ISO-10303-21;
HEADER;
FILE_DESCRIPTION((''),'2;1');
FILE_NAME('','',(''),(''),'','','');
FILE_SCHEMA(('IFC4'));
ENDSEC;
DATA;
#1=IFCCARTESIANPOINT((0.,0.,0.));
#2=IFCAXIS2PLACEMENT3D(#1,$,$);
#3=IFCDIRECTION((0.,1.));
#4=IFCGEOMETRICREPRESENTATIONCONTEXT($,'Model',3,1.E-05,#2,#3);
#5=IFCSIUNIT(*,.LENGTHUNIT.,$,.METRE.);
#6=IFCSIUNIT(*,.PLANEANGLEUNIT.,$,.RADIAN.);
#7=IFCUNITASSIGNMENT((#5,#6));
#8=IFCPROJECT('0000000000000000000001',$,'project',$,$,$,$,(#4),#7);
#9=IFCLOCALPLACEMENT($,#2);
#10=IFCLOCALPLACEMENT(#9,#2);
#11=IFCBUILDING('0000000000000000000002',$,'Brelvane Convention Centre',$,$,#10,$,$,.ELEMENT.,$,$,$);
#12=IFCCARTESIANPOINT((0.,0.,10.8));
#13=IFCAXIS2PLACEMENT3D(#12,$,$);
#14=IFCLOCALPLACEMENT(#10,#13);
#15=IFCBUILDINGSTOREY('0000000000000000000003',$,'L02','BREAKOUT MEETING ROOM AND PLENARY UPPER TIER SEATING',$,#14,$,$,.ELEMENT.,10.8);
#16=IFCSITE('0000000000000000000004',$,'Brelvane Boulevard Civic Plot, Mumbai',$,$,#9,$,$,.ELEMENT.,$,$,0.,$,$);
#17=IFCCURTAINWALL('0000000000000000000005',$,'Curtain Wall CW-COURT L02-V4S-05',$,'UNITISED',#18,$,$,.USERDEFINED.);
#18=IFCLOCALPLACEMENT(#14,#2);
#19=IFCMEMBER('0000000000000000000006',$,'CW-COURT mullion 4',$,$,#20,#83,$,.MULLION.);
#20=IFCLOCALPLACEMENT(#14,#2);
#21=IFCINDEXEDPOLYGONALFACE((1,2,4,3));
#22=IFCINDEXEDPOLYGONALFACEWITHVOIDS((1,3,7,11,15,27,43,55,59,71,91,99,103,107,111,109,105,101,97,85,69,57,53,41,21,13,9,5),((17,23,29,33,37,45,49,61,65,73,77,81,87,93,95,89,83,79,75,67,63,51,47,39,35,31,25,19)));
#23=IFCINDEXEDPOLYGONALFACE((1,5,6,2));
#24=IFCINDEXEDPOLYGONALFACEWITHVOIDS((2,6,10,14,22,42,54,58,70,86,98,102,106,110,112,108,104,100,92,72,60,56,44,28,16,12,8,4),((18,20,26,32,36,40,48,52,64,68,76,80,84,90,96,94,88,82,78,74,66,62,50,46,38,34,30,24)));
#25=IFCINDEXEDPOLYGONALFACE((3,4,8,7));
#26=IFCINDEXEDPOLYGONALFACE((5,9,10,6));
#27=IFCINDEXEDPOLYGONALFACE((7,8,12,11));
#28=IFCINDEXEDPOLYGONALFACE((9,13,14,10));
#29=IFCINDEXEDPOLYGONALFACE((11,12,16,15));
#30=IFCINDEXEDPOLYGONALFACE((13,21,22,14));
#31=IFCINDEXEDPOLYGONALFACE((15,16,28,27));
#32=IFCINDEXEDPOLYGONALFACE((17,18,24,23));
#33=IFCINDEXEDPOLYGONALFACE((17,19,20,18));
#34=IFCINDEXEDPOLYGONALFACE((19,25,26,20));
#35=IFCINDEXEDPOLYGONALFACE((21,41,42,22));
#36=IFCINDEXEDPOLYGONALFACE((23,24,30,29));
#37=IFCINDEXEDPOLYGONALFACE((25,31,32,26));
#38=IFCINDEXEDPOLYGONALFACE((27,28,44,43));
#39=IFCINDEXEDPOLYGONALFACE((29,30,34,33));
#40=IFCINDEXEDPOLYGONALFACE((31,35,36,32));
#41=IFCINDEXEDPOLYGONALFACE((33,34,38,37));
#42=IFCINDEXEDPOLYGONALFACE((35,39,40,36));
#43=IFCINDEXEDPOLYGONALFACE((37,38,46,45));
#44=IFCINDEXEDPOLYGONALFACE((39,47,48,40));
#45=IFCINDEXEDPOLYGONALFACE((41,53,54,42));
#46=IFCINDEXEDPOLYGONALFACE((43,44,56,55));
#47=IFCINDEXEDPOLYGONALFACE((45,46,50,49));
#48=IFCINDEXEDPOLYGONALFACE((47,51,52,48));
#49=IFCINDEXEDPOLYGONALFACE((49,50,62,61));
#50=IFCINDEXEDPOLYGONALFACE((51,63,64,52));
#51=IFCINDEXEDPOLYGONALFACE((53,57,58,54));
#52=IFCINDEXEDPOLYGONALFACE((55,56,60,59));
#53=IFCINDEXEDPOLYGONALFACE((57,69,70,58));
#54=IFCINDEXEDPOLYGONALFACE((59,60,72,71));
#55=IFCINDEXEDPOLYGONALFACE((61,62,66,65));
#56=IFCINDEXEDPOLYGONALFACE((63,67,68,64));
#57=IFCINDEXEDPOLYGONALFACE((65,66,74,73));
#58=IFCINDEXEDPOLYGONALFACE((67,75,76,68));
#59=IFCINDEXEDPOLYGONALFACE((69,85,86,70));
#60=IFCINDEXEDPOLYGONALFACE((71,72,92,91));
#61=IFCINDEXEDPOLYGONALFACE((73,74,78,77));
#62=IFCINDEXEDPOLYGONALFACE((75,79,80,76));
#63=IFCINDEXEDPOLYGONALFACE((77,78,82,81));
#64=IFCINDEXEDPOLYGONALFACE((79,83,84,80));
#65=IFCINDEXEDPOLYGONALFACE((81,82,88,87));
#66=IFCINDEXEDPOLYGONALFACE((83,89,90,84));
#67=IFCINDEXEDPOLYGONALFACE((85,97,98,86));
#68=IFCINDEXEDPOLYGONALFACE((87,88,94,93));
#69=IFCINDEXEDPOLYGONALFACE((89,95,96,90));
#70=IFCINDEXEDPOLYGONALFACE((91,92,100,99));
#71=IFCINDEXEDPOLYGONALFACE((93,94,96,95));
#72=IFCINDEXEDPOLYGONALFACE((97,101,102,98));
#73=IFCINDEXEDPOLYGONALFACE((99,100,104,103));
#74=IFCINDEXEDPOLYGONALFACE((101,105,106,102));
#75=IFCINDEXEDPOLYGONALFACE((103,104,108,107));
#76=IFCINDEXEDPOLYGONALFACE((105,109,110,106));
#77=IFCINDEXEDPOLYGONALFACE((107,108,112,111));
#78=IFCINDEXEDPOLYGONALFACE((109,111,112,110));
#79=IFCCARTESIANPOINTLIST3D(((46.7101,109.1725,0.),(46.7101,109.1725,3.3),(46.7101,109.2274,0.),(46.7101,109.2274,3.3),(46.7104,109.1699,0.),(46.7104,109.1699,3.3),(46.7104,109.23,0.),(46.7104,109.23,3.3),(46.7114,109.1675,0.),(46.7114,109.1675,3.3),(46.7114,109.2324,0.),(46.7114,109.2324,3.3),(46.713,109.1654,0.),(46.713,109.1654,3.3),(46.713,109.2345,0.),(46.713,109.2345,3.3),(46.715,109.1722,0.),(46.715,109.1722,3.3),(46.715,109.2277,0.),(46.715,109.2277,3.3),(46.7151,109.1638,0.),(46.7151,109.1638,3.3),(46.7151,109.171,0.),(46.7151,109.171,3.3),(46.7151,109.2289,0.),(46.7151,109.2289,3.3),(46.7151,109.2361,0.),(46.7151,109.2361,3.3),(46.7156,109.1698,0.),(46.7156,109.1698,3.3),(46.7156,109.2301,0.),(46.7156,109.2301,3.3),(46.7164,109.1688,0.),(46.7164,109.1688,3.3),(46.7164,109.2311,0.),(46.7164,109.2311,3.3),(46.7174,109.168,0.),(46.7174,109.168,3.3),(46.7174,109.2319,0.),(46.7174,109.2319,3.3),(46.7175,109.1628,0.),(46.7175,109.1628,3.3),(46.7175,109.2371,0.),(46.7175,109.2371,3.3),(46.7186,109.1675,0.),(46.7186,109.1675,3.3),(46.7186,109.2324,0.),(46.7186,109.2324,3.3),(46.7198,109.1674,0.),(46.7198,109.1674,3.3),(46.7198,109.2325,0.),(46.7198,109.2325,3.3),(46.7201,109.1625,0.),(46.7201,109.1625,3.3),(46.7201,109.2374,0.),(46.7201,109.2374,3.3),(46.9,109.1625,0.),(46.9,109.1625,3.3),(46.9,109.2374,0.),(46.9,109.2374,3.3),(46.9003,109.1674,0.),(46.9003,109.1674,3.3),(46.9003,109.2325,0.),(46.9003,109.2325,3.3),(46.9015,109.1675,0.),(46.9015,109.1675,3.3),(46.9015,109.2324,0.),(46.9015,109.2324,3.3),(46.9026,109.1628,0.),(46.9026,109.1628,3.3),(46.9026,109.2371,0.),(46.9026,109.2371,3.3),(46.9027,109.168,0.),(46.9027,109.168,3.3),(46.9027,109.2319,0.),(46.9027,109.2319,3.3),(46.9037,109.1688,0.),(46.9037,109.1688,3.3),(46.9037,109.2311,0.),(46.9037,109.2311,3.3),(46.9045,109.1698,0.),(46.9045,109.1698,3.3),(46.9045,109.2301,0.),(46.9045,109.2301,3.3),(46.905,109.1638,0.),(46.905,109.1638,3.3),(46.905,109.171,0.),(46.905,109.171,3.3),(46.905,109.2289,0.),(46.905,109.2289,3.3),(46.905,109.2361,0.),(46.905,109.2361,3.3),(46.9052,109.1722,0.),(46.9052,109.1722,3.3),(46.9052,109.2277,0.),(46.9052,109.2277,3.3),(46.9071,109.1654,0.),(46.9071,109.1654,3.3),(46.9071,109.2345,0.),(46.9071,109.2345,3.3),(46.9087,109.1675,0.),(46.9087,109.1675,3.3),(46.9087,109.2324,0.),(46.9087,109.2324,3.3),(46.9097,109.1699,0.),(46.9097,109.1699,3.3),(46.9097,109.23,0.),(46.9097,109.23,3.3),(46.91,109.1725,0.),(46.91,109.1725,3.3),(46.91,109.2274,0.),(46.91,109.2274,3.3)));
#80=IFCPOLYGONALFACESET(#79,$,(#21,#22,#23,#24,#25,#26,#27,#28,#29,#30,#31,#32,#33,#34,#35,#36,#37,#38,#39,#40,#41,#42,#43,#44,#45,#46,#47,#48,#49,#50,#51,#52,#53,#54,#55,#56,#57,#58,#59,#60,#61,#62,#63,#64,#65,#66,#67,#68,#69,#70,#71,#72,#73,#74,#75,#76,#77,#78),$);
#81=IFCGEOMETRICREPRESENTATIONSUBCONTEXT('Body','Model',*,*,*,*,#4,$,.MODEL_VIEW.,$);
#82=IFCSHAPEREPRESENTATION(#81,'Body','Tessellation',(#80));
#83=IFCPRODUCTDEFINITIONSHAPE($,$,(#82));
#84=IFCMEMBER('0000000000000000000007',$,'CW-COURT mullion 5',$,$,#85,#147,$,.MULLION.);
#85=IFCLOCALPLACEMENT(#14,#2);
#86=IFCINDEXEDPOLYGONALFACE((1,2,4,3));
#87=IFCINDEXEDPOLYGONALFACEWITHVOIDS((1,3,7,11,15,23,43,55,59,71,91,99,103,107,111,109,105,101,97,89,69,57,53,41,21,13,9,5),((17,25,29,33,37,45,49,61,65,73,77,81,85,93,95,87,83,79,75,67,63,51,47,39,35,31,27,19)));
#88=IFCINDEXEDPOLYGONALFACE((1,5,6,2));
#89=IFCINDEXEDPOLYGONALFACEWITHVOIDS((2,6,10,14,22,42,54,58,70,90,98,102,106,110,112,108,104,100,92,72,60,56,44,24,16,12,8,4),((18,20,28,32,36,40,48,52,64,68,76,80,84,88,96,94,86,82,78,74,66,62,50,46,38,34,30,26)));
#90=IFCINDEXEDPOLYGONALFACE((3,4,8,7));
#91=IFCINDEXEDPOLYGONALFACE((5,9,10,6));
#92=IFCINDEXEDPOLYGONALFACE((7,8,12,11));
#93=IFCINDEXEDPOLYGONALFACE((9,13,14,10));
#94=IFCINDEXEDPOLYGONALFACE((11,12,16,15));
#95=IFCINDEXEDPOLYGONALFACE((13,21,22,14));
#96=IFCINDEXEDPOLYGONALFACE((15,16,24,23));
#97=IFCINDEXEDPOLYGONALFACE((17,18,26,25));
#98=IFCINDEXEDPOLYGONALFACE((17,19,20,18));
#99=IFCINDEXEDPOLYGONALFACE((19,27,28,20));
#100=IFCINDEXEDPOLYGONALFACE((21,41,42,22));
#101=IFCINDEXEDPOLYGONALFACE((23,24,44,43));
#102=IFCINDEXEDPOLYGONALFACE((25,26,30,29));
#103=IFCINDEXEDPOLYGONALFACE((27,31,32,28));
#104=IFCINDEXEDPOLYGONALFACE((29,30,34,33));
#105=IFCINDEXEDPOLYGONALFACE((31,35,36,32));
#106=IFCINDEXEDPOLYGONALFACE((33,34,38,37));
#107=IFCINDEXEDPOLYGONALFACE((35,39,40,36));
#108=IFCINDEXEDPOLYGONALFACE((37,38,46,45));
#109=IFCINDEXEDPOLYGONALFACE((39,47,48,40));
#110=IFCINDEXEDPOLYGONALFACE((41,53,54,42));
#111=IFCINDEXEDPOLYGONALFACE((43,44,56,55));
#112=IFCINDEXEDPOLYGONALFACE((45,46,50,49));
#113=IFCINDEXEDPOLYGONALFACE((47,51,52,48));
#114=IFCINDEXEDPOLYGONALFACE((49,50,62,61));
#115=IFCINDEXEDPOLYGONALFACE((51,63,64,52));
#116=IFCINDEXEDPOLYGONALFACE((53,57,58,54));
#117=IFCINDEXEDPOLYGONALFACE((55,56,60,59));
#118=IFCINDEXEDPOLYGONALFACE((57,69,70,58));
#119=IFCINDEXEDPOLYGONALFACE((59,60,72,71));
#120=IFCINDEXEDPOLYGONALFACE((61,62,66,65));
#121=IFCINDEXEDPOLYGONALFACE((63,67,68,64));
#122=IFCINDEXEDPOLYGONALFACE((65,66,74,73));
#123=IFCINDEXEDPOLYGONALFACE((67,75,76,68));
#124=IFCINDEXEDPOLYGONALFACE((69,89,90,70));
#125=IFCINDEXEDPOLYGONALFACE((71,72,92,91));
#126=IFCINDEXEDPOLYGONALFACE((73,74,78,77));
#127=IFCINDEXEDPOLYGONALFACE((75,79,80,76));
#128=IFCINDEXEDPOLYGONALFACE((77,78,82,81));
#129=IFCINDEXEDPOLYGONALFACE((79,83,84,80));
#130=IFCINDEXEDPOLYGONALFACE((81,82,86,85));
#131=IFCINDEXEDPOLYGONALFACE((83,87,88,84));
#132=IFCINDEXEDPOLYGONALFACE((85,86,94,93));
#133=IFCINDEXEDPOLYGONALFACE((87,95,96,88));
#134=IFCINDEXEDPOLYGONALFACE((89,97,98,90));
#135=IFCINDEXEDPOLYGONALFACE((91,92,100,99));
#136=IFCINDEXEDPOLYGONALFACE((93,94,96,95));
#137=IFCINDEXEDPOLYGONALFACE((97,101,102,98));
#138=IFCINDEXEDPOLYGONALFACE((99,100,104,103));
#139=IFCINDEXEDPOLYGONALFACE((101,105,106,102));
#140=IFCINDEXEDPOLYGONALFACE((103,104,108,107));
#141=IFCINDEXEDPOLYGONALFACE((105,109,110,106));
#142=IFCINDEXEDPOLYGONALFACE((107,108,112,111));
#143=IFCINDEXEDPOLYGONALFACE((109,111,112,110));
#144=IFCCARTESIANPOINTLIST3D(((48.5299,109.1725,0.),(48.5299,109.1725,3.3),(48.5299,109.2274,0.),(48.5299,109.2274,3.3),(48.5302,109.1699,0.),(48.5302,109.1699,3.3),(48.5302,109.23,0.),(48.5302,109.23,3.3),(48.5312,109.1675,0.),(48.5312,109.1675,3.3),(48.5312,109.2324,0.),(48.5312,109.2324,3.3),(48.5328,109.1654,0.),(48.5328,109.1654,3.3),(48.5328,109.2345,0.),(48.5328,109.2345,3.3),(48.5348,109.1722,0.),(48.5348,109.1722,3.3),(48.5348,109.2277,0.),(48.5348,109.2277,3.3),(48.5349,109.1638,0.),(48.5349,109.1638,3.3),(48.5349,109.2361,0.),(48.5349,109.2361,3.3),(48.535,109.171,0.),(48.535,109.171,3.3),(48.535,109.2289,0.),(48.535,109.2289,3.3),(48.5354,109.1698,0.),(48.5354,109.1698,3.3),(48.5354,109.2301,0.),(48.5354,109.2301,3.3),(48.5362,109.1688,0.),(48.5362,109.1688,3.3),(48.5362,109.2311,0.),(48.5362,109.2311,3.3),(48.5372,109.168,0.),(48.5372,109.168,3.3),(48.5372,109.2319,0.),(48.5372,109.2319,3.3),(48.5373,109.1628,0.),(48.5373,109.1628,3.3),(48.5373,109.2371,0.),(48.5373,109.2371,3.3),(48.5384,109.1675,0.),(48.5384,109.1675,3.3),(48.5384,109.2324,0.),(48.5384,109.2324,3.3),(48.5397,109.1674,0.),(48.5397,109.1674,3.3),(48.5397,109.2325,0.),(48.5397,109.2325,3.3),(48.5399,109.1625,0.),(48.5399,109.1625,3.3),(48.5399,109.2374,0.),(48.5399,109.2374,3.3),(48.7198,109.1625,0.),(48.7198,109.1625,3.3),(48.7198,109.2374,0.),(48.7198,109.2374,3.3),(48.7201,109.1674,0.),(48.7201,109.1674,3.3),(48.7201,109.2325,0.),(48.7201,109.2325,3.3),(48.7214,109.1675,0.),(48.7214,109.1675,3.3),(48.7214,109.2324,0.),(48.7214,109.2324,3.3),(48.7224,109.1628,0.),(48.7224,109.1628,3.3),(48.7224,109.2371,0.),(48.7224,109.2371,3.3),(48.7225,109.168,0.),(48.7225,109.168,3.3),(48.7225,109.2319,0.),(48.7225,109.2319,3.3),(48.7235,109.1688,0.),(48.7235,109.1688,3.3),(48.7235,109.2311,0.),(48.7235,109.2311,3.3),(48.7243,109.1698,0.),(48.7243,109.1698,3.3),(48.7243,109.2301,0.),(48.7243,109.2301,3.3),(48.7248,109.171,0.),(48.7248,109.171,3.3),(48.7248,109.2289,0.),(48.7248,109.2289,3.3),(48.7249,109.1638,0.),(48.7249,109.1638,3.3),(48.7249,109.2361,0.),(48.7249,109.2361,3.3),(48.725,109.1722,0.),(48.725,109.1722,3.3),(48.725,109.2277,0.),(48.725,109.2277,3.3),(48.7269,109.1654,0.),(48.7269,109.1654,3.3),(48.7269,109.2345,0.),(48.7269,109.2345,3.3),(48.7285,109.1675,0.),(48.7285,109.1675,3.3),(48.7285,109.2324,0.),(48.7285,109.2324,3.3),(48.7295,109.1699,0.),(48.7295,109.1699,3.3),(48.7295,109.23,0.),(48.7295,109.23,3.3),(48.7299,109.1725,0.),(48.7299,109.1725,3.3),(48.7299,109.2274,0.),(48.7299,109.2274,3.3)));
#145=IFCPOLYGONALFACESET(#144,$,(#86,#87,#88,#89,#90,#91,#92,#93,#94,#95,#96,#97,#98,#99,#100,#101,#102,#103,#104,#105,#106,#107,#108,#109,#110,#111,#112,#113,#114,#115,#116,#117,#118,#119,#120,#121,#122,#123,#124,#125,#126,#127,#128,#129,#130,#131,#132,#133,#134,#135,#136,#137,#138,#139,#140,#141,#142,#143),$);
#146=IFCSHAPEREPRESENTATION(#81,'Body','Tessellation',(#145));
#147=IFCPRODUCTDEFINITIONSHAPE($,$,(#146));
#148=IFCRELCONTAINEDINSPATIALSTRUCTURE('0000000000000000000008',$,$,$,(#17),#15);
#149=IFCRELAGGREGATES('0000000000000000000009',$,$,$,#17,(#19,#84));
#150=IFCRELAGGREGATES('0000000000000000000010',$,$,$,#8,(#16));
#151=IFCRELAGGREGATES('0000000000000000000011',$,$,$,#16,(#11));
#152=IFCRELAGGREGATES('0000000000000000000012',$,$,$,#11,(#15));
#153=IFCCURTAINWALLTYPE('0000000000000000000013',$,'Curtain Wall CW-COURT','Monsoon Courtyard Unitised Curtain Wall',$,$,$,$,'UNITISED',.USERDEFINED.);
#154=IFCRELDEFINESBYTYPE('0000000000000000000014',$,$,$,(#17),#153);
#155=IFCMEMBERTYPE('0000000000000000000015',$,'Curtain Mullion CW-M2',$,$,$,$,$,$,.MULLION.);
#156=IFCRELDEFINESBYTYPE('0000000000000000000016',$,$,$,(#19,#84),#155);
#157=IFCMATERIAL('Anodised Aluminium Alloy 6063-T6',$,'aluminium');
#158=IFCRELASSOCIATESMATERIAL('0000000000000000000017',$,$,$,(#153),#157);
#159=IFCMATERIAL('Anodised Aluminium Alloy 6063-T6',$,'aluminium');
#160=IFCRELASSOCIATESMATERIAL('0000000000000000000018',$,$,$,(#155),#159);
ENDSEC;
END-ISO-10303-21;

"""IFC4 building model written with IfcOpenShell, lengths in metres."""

from ifc_helpers import new_model, si_unit, direction, frame, origin, origin_2d, place, context, subcontext, project, spatial, hollow_rectangle, extrude, material, material_profile, profile_set, type_object, element, aggregate, save


model = new_model("IFC4")

# Units and contexts
model_context = context("Model", 3, precision=1e-05, world=origin(), true_north=direction((0.0, 1.0)))
body_context = subcontext(model_context, "Body", "Model", "MODEL_VIEW")
ifc_project = project(units=[si_unit("LENGTHUNIT", "METRE"), si_unit("PLANEANGLEUNIT", "RADIAN")], contexts=[model_context])

# Site, building, storey
site_placement = place(None, origin())
site = spatial("IfcSite", under=ifc_project, at=site_placement, Name="Brelvane Boulevard Civic Plot, Mumbai", CompositionType="ELEMENT", RefElevation=0.0)
building_placement = place(site_placement, origin())
building = spatial("IfcBuilding", under=site, at=building_placement, Name="Brelvane Convention Centre", CompositionType="ELEMENT")
storey_placement = place(building_placement, frame((0.0, 0.0, 10.8)))
storey = spatial("IfcBuildingStorey", under=building, at=storey_placement, Name="L02", Description="BREAKOUT MEETING ROOM AND PLENARY UPPER TIER SEATING", CompositionType="ELEMENT", Elevation=10.8)

# Curtain wall, members
ifc_material_1 = material(Name="Anodised Aluminium Alloy 6063-T6", Category="aluminium")
curtain_wall_type = type_object("IfcCurtainWallType", Name="Curtain Wall CW-COURT", Description="Monsoon Courtyard Unitised Curtain Wall", ElementType="UNITISED", PredefinedType="USERDEFINED", material=ifc_material_1)
curtain_wall_placement = place(storey_placement, origin())
curtain_wall = element("IfcCurtainWall", 1, at=curtain_wall_placement, inside=storey, type_object=curtain_wall_type, Name="Curtain Wall CW-COURT L02-V4S-05", ObjectType="UNITISED", PredefinedType="USERDEFINED")
ifc_material_2 = material(Name="Anodised Aluminium Alloy 6063-T6", Category="aluminium")
ifc_material_profile_1 = material_profile(ifc_material_2, hollow_rectangle(XDim=0.075, YDim=0.2, WallThickness=0.0049, InnerFilletRadius=0.0049, OuterFilletRadius=0.01, at=origin_2d()), Name="ALU-M 200x75x5.0")
ifc_profile_set_1 = profile_set([ifc_material_profile_1], Name="Anodised Aluminium Alloy 6063-T6")
member_type_1 = type_object("IfcMemberType", Name="Curtain Mullion CW-M2", PredefinedType="MULLION", material=ifc_profile_set_1)
member_1_placement = place(storey_placement, frame((46.8101, 109.2, 0.0), z_axis=(0.0, 0.0, 1.0), x_axis=(0.0, 1.0, 0.0)))
member_1 = element("IfcMember", 2, at=member_1_placement, type_object=member_type_1, Name="CW-COURT mullion 4", PredefinedType="MULLION", context=body_context, shape_type="SweptSolid", body=[
    extrude(hollow_rectangle(XDim=0.075, YDim=0.2, WallThickness=0.0049, InnerFilletRadius=0.0049, OuterFilletRadius=0.01, at=origin_2d()), origin(), (0.0, 0.0, 1.0), 3.3),
])
member_2_placement = place(storey_placement, frame((48.6299, 109.2, 0.0), z_axis=(0.0, 0.0, 1.0), x_axis=(0.0, 1.0, 0.0)))
member_2 = element("IfcMember", 3, at=member_2_placement, type_object=member_type_1, Name="CW-COURT mullion 5", PredefinedType="MULLION", context=body_context, shape_type="SweptSolid", body=[
    extrude(hollow_rectangle(XDim=0.075, YDim=0.2, WallThickness=0.0049, InnerFilletRadius=0.0049, OuterFilletRadius=0.01, at=origin_2d()), origin(), (0.0, 0.0, 1.0), 3.3),
])

aggregate(curtain_wall, [member_1, member_2])

save(model, "model.ifc")
